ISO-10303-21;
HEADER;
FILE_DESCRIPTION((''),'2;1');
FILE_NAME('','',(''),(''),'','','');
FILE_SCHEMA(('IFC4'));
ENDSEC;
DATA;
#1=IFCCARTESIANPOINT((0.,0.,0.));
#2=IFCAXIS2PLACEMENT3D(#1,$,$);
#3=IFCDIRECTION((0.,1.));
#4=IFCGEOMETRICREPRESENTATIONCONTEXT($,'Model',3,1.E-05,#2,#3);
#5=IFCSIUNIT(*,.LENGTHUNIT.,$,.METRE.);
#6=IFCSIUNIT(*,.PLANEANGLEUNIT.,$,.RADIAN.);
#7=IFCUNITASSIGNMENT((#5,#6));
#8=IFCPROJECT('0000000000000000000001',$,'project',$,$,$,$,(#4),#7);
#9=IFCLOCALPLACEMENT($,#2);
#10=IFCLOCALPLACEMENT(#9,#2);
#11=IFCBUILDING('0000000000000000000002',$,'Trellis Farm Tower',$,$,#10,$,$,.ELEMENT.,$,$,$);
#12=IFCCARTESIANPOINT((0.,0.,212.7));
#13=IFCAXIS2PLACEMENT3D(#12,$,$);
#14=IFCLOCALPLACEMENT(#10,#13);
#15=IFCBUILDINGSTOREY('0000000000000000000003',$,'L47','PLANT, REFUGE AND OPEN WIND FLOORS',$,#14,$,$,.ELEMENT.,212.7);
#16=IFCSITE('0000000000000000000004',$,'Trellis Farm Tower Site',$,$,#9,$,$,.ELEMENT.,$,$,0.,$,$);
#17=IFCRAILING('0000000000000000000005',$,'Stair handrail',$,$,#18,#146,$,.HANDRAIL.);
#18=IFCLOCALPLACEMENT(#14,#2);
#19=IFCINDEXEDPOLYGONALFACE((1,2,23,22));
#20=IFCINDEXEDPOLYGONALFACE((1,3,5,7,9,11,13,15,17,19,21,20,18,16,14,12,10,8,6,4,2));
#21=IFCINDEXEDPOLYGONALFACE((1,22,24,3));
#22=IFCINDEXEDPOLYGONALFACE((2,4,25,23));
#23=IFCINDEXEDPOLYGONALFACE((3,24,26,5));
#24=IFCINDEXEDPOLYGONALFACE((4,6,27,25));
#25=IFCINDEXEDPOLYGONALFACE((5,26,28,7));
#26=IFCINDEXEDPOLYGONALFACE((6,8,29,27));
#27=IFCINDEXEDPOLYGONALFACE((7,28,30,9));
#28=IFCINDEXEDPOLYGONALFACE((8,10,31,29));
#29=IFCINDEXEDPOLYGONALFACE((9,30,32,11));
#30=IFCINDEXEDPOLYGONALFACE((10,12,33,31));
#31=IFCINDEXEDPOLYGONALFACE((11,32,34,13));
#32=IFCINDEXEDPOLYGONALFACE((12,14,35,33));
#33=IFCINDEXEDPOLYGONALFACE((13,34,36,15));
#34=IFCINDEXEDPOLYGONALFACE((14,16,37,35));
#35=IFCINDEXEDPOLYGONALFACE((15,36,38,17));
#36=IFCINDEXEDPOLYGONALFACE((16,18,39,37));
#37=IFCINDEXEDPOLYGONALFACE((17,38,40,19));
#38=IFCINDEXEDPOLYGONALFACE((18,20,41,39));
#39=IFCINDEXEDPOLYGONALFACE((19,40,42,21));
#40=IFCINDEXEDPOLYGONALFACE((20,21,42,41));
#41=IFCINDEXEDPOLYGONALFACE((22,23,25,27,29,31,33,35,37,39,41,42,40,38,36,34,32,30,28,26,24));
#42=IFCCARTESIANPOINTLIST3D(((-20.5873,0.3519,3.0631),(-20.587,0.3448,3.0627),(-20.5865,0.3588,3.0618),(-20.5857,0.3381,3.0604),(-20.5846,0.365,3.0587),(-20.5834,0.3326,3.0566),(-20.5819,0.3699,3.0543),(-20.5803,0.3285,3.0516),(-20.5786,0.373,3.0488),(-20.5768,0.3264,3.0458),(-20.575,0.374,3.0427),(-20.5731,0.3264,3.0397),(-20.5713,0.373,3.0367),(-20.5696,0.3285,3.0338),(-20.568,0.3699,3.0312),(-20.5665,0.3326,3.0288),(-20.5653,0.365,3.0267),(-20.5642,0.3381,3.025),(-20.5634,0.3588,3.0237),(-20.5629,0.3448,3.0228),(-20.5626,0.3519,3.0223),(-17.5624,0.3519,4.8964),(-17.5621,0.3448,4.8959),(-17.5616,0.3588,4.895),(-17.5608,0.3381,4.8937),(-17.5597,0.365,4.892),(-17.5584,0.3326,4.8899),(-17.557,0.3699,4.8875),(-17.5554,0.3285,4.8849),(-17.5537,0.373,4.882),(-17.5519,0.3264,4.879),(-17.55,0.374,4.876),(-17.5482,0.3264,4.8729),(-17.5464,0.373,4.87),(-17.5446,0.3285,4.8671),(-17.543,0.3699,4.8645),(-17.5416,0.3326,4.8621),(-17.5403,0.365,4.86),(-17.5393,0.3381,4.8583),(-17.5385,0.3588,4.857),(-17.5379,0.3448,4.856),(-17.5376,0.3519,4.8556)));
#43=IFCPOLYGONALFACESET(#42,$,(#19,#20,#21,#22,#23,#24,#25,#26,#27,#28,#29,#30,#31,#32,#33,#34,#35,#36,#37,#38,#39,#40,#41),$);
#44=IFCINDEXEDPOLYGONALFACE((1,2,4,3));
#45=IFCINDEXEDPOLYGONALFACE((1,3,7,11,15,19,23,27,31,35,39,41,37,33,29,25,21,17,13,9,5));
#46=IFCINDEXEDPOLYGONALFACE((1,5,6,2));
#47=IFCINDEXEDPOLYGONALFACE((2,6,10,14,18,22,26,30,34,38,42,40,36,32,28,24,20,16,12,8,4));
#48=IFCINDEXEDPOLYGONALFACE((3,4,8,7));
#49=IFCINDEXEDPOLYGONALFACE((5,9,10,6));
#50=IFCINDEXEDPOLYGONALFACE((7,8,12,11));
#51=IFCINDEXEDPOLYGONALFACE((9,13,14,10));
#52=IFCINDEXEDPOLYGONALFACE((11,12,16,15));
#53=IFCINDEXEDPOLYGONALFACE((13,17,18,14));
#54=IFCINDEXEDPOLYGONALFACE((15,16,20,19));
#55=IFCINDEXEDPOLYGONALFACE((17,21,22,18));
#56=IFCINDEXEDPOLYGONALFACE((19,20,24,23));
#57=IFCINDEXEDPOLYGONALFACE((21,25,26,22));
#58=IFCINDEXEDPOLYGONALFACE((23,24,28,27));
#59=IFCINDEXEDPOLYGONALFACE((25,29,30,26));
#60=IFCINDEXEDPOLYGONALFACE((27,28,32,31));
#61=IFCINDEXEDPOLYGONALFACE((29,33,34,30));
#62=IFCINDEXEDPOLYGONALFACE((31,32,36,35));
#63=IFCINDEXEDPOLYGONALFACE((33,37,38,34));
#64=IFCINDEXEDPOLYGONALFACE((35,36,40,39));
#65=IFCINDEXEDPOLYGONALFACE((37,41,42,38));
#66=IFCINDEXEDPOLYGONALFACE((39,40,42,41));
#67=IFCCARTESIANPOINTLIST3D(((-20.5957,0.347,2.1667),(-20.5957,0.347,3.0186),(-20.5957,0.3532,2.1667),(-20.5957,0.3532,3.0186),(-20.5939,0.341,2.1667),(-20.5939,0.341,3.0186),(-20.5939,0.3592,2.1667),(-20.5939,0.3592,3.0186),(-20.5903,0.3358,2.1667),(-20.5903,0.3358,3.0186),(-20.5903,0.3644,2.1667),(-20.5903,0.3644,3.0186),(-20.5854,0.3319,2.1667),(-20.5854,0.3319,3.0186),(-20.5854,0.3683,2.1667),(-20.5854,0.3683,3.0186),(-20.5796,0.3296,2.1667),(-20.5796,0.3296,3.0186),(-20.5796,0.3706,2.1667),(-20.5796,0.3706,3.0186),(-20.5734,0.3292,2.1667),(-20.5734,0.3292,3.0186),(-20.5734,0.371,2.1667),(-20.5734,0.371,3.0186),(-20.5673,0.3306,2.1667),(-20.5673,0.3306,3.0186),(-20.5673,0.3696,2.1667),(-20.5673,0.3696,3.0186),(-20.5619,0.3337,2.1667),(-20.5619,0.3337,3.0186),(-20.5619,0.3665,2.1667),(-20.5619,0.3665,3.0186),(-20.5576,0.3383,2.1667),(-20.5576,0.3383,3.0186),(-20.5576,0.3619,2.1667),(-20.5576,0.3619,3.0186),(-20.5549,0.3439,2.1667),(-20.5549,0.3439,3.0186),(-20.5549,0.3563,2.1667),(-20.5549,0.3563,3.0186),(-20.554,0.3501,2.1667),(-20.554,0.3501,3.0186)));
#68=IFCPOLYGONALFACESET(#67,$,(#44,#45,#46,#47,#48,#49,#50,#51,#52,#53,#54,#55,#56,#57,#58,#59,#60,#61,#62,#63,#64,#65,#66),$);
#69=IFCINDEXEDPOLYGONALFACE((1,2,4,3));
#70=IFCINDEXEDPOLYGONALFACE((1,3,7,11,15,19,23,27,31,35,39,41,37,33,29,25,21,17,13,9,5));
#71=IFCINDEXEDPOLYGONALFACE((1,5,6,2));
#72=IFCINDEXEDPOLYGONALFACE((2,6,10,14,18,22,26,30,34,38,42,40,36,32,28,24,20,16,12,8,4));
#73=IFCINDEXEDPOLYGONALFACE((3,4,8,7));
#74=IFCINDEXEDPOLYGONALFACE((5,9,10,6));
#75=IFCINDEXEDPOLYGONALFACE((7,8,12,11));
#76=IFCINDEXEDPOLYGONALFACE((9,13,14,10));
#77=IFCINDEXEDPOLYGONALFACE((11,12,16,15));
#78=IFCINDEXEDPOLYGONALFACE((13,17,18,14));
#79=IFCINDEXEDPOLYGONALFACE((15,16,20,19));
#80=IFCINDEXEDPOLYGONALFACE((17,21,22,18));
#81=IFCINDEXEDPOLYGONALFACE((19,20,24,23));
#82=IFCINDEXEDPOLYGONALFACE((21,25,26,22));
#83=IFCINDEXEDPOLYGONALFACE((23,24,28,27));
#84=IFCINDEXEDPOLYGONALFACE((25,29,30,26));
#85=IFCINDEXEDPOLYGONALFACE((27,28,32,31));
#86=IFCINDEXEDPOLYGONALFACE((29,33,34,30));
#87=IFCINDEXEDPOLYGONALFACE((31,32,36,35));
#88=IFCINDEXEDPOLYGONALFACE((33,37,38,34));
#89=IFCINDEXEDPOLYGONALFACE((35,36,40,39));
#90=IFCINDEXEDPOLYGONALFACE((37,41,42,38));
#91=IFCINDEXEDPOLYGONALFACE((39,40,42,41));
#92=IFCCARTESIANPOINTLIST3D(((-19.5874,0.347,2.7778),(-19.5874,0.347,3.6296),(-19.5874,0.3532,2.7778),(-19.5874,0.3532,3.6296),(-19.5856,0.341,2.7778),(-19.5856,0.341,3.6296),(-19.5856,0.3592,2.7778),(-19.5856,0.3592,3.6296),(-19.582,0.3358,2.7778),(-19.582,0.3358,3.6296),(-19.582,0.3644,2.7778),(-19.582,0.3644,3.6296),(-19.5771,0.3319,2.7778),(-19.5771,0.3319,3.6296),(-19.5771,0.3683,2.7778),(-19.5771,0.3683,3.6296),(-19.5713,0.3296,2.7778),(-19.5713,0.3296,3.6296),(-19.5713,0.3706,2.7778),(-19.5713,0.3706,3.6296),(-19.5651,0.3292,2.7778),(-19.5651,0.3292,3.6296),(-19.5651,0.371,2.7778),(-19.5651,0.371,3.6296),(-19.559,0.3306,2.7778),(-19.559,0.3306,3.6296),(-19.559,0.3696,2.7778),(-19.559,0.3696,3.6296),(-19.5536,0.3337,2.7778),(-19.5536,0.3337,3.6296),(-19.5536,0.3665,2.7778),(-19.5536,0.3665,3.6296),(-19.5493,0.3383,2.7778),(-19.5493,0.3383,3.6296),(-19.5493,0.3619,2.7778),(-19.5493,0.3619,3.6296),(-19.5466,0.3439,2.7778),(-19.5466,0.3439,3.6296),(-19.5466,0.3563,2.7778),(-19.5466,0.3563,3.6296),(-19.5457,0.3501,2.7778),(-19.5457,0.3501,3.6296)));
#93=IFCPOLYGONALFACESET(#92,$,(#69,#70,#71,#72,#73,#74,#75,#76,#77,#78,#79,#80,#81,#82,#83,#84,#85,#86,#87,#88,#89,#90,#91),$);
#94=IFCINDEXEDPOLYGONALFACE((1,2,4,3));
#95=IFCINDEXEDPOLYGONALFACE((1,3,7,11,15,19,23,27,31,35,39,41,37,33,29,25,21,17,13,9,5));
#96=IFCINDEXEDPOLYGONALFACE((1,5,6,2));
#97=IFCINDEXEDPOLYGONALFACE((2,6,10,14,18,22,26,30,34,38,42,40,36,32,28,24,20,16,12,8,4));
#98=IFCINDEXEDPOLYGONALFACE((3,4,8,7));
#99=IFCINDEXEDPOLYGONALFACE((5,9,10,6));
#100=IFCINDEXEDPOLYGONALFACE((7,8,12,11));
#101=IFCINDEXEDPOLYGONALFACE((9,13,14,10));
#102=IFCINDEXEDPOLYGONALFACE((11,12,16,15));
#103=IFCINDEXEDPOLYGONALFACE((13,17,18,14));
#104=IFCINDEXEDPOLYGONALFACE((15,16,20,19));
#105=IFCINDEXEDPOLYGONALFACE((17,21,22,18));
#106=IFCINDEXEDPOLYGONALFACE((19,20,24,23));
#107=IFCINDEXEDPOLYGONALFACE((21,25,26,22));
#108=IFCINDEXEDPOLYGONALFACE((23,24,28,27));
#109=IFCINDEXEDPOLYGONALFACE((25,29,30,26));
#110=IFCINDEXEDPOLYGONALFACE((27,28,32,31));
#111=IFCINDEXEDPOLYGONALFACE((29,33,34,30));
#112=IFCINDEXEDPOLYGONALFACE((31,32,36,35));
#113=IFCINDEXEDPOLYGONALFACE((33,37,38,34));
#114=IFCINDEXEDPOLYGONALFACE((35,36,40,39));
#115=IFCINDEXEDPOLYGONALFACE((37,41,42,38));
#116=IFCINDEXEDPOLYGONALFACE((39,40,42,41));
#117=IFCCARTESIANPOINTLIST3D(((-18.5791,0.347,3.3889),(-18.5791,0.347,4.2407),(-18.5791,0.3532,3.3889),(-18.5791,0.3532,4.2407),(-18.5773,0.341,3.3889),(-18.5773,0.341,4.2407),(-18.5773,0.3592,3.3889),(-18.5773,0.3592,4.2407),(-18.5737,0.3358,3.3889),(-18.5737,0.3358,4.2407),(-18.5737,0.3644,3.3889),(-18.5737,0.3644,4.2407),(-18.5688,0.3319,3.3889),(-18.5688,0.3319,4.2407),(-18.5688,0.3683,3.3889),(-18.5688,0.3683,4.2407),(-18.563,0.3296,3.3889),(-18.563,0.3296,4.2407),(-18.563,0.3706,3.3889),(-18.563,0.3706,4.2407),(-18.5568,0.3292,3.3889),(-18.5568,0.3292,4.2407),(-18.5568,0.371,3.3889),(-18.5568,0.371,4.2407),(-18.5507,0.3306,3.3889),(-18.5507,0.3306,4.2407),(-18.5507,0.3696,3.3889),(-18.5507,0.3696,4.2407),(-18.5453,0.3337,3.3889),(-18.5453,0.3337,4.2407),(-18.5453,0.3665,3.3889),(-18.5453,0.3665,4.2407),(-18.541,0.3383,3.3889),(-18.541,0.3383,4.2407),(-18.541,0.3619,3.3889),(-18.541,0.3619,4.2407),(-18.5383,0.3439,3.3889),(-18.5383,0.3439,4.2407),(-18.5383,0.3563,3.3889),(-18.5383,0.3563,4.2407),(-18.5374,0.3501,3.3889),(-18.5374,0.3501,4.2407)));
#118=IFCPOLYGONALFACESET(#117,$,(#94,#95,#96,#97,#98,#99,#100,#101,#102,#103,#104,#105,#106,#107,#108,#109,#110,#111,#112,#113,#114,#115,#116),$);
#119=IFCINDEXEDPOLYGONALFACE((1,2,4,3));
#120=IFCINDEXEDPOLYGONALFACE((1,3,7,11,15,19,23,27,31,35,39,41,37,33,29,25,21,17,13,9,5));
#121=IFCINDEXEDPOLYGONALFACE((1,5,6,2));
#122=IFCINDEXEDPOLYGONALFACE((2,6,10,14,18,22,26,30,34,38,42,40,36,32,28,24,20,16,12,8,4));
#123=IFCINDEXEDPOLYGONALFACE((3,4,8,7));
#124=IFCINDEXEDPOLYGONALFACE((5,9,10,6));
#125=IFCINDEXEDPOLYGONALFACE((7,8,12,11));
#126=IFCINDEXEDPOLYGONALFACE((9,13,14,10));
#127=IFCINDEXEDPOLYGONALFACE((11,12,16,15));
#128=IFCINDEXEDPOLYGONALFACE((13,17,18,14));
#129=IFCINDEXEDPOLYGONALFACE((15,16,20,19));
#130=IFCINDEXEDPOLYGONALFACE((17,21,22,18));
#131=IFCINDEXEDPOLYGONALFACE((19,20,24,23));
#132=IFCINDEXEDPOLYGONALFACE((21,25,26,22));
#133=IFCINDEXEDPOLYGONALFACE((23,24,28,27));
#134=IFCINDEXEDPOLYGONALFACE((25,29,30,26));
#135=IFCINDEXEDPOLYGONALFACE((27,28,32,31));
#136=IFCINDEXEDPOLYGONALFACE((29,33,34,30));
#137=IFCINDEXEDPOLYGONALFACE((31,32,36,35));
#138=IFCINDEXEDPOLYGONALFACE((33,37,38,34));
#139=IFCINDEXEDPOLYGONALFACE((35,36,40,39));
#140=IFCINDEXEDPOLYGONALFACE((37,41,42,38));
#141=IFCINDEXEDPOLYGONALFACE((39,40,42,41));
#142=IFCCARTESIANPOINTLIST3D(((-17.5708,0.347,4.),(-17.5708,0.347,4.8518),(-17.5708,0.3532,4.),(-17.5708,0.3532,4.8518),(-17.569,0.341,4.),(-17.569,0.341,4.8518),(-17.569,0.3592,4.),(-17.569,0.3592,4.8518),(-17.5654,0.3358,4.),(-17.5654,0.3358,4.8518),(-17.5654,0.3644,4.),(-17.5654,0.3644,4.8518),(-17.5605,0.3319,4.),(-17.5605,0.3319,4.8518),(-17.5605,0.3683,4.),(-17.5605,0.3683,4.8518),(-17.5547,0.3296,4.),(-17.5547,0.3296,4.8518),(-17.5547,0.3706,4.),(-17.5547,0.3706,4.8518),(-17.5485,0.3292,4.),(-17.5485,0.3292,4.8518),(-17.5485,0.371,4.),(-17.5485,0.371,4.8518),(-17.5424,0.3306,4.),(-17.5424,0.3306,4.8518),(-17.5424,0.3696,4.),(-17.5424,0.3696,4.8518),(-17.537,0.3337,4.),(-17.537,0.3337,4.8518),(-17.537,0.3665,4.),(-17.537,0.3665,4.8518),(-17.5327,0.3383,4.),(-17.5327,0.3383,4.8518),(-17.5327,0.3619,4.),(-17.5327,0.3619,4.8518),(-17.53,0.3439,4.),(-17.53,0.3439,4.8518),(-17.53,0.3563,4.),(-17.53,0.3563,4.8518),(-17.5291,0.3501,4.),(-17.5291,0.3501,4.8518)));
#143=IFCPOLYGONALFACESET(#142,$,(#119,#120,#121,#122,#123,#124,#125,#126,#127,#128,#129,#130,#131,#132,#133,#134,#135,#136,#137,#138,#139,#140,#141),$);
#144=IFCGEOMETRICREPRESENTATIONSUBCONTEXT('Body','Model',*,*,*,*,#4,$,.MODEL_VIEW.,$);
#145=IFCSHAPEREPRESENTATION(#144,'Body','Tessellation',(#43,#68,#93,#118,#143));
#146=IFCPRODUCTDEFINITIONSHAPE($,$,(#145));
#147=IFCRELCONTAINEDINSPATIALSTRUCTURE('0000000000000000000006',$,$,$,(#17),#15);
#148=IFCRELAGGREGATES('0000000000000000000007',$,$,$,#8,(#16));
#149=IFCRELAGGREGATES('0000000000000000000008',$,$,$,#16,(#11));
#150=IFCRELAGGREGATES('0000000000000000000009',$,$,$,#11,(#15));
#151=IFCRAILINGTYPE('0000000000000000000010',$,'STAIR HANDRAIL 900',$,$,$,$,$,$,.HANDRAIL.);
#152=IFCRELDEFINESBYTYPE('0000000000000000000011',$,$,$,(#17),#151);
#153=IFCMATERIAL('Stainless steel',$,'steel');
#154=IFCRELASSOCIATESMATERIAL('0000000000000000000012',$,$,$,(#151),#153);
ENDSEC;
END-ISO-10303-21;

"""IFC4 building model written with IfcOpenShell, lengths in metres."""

from ifc_helpers import new_model, si_unit, direction, frame, origin, origin_2d, place, context, subcontext, project, spatial, circle, extrude, source, transform, mapped, material, type_object, element, save


model = new_model("IFC4")

# Units and contexts
model_context = context("Model", 3, precision=1e-05, world=origin(), true_north=direction((0.0, 1.0)))
body_context = subcontext(model_context, "Body", "Model", "MODEL_VIEW")
ifc_project = project(units=[si_unit("LENGTHUNIT", "METRE"), si_unit("PLANEANGLEUNIT", "RADIAN")], contexts=[model_context])

# Site, building, storey
site_placement = place(None, origin())
site = spatial("IfcSite", under=ifc_project, at=site_placement, Name="Trellis Farm Tower Site", CompositionType="ELEMENT", RefElevation=0.0)
building_placement = place(site_placement, origin())
building = spatial("IfcBuilding", under=site, at=building_placement, Name="Trellis Farm Tower", CompositionType="ELEMENT")
storey_placement = place(building_placement, frame((0.0, 0.0, 212.7)))
storey = spatial("IfcBuildingStorey", under=building, at=storey_placement, Name="L47", Description="PLANT, REFUGE AND OPEN WIND FLOORS", CompositionType="ELEMENT", Elevation=212.7)

# Railing
ifc_material_1 = material(Name="Stainless steel", Category="steel")
railing_type_1 = type_object("IfcRailingType", Name="STAIR HANDRAIL 900", PredefinedType="HANDRAIL", material=ifc_material_1)
shared_shape_1 = source(origin(), body_context, "Body", "SweptSolid", [
    extrude(circle(Radius=0.0239, at=origin_2d()), frame((0.0, 0.0, 0.876), z_axis=(0.855201, 0.0, 0.518297), x_axis=(0.0, 1.0, 0.0)), (0.0, 0.0, 1.0), 3.5371),
    extrude(circle(Radius=0.021, at=origin_2d()), origin(), (0.0, 0.0, 1.0), 0.8518),
    extrude(circle(Radius=0.021, at=origin_2d()), frame((1.0083, 0.0, 0.6111)), (0.0, 0.0, 1.0), 0.8518),
    extrude(circle(Radius=0.021, at=origin_2d()), frame((2.0166, 0.0, 1.2222)), (0.0, 0.0, 1.0), 0.8518),
    extrude(circle(Radius=0.021, at=origin_2d()), frame((3.0249, 0.0, 1.8333)), (0.0, 0.0, 1.0), 0.8518),
])
railing_1_placement = place(storey_placement, frame((-20.575, 0.3501, 2.1667)))
element("IfcRailing", 1, at=railing_1_placement, inside=storey, type_object=railing_type_1, Name="Stair handrail", PredefinedType="HANDRAIL", context=body_context, shape_type="MappedRepresentation", body=[
    mapped(shared_shape_1, transform((0.0, 0.0, 0.0))),
])

save(model, "model.ifc")
